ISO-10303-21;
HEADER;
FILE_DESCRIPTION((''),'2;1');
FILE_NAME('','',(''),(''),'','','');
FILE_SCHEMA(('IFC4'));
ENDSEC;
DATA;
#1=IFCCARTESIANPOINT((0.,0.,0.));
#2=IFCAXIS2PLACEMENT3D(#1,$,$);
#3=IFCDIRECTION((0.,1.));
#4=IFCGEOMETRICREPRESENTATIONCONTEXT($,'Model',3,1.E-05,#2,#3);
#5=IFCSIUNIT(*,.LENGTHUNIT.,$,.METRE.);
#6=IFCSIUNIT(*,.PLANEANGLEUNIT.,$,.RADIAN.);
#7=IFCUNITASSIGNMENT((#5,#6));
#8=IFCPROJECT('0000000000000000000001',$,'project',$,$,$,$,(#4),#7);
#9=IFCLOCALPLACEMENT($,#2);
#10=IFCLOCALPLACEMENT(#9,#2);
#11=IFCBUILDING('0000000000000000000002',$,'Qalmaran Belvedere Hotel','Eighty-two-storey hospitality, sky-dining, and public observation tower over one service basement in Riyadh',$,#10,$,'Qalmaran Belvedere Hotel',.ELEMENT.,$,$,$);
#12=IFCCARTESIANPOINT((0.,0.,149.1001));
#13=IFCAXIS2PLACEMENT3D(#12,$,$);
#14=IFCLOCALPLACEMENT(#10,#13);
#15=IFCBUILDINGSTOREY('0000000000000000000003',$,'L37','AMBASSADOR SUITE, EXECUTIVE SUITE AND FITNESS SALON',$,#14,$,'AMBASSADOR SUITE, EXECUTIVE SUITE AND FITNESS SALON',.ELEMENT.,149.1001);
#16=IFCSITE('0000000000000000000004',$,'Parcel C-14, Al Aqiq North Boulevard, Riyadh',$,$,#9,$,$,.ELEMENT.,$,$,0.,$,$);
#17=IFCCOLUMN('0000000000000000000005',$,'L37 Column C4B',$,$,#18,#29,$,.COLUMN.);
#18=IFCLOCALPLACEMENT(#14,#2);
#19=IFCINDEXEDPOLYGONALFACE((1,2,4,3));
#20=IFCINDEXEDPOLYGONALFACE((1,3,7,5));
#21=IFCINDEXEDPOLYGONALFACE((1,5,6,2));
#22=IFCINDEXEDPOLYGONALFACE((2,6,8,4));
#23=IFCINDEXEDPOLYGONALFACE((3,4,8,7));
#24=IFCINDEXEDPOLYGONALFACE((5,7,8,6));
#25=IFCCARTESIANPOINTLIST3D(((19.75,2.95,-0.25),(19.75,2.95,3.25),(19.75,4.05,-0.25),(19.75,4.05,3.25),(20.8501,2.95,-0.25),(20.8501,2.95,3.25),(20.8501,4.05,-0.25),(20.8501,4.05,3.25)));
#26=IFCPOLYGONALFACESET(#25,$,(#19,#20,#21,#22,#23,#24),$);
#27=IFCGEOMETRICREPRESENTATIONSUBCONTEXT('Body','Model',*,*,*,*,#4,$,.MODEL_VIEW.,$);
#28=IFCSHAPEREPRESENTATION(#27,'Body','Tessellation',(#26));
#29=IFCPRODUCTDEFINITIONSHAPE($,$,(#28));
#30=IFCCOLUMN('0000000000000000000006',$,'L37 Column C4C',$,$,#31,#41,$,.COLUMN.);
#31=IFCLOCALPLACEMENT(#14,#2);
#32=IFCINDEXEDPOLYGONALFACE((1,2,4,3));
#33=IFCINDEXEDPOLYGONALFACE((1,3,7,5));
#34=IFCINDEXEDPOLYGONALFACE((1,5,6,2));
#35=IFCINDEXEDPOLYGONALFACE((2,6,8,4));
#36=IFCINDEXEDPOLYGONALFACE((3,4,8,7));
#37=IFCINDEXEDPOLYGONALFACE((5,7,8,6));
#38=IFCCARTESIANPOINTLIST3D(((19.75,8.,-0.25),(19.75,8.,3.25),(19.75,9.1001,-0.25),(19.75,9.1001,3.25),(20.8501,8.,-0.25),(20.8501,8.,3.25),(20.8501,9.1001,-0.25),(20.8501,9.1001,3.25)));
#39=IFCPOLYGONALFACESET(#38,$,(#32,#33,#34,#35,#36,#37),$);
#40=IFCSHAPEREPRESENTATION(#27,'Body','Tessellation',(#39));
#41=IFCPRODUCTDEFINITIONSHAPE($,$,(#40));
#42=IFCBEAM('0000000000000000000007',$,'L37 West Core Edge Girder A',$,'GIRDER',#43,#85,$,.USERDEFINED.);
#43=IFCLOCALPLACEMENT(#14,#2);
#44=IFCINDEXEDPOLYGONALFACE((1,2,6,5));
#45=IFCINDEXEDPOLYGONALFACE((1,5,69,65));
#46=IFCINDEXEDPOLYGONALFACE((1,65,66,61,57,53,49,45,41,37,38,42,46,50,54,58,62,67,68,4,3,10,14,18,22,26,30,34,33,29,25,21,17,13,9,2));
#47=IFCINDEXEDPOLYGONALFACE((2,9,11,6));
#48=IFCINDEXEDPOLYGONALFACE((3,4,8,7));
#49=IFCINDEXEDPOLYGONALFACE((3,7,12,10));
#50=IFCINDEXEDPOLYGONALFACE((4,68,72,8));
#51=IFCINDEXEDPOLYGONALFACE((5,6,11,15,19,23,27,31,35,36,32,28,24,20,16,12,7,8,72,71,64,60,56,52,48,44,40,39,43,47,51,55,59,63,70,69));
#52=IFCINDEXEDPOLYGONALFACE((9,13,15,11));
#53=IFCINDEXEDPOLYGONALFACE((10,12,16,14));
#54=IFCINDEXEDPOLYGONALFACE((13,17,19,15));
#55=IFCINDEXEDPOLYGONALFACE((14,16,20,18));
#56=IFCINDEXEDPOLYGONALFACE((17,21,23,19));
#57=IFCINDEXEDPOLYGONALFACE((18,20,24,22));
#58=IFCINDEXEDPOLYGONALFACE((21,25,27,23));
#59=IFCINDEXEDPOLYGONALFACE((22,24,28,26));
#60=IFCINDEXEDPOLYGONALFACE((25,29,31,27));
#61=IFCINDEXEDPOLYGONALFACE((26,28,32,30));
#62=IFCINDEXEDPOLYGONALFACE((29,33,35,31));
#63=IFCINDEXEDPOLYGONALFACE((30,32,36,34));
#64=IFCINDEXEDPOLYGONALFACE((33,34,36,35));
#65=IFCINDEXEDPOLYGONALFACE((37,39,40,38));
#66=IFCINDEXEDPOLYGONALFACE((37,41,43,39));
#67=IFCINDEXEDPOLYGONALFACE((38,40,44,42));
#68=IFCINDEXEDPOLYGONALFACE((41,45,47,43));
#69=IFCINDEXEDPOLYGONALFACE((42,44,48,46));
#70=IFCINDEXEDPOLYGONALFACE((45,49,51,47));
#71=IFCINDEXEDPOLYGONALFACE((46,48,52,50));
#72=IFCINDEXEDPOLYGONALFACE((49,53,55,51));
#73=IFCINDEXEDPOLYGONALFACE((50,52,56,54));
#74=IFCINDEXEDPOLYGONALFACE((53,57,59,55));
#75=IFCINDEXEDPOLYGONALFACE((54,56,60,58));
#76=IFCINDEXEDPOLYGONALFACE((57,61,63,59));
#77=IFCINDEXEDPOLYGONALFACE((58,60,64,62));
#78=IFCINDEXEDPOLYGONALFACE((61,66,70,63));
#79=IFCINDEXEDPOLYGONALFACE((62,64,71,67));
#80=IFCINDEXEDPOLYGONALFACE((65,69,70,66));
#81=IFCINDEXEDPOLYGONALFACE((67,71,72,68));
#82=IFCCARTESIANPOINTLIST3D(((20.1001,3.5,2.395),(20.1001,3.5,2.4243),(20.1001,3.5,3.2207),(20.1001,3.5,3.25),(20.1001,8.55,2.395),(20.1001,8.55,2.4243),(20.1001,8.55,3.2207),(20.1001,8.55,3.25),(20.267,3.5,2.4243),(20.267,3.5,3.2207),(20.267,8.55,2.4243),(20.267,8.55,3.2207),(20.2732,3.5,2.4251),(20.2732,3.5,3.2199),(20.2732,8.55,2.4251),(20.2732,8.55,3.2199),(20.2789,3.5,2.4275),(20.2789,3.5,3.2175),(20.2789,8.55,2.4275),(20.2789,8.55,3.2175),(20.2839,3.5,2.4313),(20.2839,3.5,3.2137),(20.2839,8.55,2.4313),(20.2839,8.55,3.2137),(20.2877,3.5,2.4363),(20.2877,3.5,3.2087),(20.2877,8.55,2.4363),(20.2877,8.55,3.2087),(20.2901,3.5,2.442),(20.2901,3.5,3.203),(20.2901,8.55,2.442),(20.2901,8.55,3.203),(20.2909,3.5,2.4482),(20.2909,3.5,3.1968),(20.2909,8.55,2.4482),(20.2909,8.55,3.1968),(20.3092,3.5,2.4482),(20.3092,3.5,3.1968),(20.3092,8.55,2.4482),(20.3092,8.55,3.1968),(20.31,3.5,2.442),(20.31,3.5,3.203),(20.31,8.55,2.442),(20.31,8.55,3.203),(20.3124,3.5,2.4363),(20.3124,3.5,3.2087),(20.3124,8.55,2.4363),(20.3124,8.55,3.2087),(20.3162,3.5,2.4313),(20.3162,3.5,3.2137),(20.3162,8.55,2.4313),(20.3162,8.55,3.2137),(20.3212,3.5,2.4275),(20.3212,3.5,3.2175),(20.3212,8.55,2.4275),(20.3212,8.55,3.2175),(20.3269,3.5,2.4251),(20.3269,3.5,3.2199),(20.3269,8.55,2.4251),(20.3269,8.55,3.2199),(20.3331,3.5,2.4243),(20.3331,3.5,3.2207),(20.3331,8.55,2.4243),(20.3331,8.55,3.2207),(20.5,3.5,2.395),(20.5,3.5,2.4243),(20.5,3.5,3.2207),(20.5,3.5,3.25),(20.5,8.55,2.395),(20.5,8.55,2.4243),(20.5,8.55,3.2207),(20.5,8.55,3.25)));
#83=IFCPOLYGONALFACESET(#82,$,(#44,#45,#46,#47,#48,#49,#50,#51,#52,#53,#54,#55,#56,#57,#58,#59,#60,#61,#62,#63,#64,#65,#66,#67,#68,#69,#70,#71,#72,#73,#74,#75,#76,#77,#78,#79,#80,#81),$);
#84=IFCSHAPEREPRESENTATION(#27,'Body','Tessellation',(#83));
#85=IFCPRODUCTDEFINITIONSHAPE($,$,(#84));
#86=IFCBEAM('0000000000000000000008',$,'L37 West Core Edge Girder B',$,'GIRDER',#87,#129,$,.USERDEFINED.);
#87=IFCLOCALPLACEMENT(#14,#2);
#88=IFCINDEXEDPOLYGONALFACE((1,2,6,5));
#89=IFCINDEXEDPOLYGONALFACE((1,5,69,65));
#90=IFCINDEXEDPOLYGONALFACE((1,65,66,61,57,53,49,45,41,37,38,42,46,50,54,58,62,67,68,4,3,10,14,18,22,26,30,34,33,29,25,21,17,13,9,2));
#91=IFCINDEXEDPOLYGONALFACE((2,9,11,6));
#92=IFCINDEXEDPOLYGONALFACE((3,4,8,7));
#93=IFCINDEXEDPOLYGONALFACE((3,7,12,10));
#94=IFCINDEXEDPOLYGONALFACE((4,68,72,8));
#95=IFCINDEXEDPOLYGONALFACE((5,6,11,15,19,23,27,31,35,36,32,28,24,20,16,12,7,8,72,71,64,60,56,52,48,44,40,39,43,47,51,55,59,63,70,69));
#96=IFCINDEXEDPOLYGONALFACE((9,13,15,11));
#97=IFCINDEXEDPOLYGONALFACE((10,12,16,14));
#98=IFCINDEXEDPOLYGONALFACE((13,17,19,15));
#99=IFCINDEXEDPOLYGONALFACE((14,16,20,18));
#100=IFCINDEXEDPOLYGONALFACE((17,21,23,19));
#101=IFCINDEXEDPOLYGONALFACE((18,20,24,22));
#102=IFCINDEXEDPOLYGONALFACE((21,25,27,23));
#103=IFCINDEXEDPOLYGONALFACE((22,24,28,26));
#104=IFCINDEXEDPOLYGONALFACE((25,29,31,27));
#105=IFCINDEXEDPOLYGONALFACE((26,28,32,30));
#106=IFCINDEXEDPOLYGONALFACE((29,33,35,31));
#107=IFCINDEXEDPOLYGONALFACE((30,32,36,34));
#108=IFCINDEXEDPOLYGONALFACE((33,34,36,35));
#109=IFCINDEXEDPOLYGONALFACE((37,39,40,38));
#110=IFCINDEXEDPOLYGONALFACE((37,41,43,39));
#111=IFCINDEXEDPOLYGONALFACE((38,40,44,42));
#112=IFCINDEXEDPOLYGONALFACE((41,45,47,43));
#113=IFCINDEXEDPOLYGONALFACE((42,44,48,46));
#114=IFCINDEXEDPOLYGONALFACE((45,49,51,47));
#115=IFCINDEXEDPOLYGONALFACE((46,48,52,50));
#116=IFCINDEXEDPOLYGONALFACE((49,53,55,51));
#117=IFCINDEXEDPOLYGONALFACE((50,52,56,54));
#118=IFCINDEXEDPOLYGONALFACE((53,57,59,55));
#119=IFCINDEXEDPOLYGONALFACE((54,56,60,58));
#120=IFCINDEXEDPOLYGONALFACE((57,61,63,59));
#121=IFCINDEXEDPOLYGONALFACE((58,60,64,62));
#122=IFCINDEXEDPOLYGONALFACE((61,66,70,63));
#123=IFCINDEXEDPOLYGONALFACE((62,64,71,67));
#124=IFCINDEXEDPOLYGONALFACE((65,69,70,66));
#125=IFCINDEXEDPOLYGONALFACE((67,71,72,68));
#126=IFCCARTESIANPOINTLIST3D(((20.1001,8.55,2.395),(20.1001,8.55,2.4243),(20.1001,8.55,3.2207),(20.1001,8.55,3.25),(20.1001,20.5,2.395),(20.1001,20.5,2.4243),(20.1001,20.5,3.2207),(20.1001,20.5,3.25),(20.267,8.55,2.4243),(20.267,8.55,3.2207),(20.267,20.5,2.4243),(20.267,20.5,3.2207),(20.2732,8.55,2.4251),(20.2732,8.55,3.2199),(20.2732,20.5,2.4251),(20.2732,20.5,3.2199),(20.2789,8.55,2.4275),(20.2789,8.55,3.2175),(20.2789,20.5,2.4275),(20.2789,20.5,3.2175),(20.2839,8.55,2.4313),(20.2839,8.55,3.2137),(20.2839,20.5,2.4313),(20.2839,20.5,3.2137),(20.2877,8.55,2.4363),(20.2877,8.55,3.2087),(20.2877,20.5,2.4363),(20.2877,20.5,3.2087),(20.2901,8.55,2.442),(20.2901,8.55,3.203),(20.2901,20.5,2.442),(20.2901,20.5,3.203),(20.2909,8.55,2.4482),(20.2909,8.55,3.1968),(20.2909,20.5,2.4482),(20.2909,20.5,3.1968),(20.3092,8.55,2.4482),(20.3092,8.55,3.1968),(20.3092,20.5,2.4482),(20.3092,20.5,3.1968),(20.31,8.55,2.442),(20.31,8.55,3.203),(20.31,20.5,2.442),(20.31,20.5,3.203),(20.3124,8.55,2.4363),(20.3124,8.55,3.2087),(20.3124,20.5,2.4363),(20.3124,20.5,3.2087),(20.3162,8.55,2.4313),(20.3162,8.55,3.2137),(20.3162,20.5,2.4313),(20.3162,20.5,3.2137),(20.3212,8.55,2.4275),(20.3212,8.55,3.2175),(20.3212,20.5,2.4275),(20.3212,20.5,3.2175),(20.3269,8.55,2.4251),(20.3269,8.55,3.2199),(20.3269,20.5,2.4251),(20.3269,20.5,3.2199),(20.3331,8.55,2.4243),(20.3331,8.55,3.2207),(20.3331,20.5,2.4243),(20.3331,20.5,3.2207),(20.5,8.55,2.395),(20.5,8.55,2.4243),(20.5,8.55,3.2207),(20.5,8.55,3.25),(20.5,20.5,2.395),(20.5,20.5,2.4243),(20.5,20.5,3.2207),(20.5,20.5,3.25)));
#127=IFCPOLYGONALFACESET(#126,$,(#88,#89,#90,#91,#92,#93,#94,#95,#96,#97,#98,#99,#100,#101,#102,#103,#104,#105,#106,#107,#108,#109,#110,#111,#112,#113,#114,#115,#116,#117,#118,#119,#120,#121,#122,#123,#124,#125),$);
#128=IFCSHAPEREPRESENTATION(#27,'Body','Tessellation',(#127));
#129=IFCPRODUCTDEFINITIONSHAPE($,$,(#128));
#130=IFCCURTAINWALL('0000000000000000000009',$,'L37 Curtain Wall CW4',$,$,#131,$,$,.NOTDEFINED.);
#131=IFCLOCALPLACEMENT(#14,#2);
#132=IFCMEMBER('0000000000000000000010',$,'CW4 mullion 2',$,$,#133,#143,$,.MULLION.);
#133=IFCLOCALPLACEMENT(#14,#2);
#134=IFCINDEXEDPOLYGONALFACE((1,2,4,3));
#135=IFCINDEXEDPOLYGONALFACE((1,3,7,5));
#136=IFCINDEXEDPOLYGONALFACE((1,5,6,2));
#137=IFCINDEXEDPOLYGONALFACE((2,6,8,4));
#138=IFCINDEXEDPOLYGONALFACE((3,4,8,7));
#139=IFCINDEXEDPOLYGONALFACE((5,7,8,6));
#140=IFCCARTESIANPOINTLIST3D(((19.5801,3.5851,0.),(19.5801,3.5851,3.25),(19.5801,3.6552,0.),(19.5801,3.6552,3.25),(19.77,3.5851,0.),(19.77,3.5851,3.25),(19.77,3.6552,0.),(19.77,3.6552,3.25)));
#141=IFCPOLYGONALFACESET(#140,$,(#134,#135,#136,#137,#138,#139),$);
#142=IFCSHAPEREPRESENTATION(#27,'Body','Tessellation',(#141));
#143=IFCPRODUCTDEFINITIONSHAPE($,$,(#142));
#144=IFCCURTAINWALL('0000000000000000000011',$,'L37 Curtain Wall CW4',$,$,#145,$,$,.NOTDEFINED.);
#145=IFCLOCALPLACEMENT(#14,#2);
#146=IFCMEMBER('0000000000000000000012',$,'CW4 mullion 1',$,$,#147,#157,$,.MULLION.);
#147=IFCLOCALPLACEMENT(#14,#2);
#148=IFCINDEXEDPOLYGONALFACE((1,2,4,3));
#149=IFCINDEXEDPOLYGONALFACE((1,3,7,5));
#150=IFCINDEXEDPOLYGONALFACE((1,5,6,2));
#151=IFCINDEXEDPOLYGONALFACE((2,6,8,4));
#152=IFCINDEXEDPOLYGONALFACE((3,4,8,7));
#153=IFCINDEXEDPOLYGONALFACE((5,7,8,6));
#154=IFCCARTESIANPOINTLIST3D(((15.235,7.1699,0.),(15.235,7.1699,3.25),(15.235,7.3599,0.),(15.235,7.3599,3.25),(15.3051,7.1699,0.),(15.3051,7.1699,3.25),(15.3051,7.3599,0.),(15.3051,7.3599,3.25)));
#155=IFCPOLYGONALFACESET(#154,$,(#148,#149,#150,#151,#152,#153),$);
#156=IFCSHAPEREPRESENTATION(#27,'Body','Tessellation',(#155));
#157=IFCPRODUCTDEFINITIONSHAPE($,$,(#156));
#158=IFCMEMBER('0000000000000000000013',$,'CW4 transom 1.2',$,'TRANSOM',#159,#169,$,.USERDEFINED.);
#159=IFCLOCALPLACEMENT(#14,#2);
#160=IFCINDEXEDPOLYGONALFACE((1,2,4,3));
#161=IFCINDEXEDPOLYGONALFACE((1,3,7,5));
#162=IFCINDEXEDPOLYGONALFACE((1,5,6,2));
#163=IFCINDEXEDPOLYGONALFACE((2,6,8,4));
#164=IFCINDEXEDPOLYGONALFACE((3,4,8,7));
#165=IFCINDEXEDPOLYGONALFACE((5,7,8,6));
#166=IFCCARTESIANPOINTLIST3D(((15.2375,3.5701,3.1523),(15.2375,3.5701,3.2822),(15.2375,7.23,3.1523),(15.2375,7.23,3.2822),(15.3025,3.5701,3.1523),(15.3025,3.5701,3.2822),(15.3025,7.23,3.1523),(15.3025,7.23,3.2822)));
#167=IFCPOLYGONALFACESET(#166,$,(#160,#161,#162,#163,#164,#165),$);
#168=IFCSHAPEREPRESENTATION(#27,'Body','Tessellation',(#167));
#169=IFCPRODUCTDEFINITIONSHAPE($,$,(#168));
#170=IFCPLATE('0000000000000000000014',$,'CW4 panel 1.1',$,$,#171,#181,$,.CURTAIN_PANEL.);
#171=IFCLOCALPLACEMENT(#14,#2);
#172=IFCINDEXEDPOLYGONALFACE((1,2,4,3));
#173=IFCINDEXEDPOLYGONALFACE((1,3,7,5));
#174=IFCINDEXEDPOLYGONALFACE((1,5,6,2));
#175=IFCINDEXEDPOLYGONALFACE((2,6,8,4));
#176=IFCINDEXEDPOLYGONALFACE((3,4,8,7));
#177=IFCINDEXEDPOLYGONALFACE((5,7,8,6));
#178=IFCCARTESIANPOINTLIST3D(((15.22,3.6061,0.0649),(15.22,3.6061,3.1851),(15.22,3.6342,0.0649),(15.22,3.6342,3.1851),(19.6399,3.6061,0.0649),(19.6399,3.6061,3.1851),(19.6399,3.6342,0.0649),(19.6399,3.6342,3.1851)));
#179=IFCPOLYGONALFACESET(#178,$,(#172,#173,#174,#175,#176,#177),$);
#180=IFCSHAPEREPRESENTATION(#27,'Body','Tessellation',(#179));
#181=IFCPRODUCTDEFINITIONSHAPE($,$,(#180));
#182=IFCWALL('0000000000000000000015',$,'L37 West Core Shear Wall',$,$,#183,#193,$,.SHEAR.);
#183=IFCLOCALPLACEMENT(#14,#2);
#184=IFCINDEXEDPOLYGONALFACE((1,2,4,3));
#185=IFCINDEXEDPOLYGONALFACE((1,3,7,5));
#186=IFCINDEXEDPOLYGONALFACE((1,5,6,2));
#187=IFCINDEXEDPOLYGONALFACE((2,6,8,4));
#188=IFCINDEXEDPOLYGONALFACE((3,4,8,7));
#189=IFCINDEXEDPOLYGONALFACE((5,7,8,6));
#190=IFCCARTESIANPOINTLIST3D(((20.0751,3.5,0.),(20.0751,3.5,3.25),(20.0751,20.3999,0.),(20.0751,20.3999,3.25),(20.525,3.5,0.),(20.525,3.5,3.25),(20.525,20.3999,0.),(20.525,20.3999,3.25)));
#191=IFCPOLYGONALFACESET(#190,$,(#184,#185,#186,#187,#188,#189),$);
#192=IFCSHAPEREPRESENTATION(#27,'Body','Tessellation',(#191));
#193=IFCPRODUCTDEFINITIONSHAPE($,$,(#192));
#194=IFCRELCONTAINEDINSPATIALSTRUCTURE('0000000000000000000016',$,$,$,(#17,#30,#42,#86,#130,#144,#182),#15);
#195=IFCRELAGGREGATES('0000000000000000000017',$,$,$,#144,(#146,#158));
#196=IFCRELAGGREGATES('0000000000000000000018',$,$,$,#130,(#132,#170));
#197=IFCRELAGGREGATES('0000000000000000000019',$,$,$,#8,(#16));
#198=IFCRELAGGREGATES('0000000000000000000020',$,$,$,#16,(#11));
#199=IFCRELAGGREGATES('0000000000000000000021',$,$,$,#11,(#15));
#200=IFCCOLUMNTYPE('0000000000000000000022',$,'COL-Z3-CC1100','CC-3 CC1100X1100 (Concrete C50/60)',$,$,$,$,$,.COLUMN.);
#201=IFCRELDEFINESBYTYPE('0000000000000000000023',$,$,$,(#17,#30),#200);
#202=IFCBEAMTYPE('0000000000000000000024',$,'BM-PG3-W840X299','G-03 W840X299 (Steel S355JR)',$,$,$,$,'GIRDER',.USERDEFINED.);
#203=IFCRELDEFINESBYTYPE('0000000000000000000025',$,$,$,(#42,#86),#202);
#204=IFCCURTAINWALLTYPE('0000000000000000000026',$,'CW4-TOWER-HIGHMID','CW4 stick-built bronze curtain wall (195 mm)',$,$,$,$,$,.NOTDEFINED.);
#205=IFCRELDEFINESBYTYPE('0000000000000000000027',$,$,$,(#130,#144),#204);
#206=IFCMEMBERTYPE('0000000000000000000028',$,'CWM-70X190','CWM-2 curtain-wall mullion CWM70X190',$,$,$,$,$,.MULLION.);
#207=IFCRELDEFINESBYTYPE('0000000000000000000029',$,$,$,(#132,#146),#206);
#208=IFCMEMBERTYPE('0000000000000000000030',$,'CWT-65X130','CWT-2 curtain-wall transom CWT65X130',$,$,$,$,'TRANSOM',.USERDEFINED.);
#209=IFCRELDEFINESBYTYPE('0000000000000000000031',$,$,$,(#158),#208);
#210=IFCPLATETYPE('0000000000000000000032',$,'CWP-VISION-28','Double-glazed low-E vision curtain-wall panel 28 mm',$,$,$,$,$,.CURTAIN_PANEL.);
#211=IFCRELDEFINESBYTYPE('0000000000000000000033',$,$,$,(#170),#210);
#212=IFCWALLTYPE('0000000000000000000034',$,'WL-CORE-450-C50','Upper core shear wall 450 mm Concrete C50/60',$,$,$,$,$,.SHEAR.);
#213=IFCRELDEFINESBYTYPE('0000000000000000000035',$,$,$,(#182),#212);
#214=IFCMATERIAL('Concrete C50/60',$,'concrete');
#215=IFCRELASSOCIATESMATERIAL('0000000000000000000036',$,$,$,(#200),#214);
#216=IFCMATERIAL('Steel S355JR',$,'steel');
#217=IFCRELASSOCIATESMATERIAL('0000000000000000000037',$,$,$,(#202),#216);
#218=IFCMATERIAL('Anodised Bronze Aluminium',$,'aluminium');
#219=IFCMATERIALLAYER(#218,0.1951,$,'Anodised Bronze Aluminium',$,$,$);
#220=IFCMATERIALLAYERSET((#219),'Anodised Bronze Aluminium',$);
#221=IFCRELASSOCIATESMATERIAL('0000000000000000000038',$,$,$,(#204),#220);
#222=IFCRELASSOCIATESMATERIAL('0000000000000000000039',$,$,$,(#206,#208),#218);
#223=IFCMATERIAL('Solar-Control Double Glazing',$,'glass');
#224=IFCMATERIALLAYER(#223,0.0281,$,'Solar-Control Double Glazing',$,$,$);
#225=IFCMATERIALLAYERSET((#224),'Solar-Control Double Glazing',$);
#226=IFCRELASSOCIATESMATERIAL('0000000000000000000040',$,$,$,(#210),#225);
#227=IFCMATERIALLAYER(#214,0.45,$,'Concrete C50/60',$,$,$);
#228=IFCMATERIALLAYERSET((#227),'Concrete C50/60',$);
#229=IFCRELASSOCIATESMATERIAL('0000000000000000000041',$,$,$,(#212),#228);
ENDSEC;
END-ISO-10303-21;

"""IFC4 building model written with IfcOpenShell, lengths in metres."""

from ifc_helpers import new_model, si_unit, direction, frame, frame_2d, origin, origin_2d, place, context, subcontext, project, spatial, rectangle, i_section, extrude, material, layer, layer_set, material_profile, profile_set, type_object, element, aggregate, save


model = new_model("IFC4")

# Units and contexts
model_context = context("Model", 3, precision=1e-05, world=origin(), true_north=direction((0.0, 1.0)))
body_context = subcontext(model_context, "Body", "Model", "MODEL_VIEW")
ifc_project = project(units=[si_unit("LENGTHUNIT", "METRE"), si_unit("PLANEANGLEUNIT", "RADIAN")], contexts=[model_context])

# Site, building, storey
site_placement = place(None, origin())
site = spatial("IfcSite", under=ifc_project, at=site_placement, Name="Parcel C-14, Al Aqiq North Boulevard, Riyadh", CompositionType="ELEMENT", RefElevation=0.0)
building_placement = place(site_placement, origin())
building = spatial("IfcBuilding", under=site, at=building_placement, Name="Qalmaran Belvedere Hotel", Description="Eighty-two-storey hospitality, sky-dining, and public observation tower over one service basement in Riyadh", LongName="Qalmaran Belvedere Hotel", CompositionType="ELEMENT")
storey_placement = place(building_placement, frame((0.0, 0.0, 149.1001)))
storey = spatial("IfcBuildingStorey", under=building, at=storey_placement, Name="L37", Description="AMBASSADOR SUITE, EXECUTIVE SUITE AND FITNESS SALON", LongName="AMBASSADOR SUITE, EXECUTIVE SUITE AND FITNESS SALON", CompositionType="ELEMENT", Elevation=149.1001)

# Columns
ifc_material_1 = material(Name="Concrete C50/60", Category="concrete")
ifc_material_profile_1 = material_profile(ifc_material_1, rectangle(XDim=1.1001, YDim=1.1001, at=origin_2d()), Name="CC1100X1100")
ifc_profile_set_1 = profile_set([ifc_material_profile_1], Name="Concrete C50/60")
column_type = type_object("IfcColumnType", Name="COL-Z3-CC1100", Description="CC-3 CC1100X1100 (Concrete C50/60)", PredefinedType="COLUMN", material=ifc_profile_set_1)
for number, where, z_axis, x_axis, name in (
    (1, (20.3, 3.5, -0.25), (0.0, 0.0, 1.0), (1.0, 0.0, 0.0), "L37 Column C4B"),
    (2, (20.3, 8.55, -0.25), (0.0, 0.0, 1.0), (1.0, 0.0, 0.0), "L37 Column C4C"),
):
    element("IfcColumn", number, at=place(storey_placement, frame(where, z_axis=z_axis, x_axis=x_axis)), inside=storey, type_object=column_type, Name=name, PredefinedType="COLUMN", context=body_context, shape_type="SweptSolid", body=[
        extrude(rectangle(XDim=1.1001, YDim=1.1001, at=origin_2d()), origin(), (0.0, 0.0, 1.0), 3.5),
    ])

# Beams
ifc_material_2 = material(Name="Steel S355JR", Category="steel")
ifc_material_profile_2 = material_profile(ifc_material_2, i_section(OverallWidth=0.3999, OverallDepth=0.855, WebThickness=0.0183, FlangeThickness=0.0293, FilletRadius=0.0239, at=origin_2d()), Name="W840X299")
ifc_profile_set_2 = profile_set([ifc_material_profile_2], Name="Steel S355JR")
beam_type = type_object("IfcBeamType", Name="BM-PG3-W840X299", Description="G-03 W840X299 (Steel S355JR)", ElementType="GIRDER", PredefinedType="USERDEFINED", material=ifc_profile_set_2)
beam_1_placement = place(storey_placement, frame((20.3, 3.5, 2.8225), z_axis=(0.0, 1.0, 0.0), x_axis=(-1.0, 0.0, 0.0)))
element("IfcBeam", 3, at=beam_1_placement, inside=storey, type_object=beam_type, Name="L37 West Core Edge Girder A", ObjectType="GIRDER", PredefinedType="USERDEFINED", context=body_context, shape_type="SweptSolid", body=[
    extrude(i_section(OverallWidth=0.3999, OverallDepth=0.855, WebThickness=0.0183, FlangeThickness=0.0293, FilletRadius=0.0239, at=origin_2d()), origin(), (0.0, 0.0, 1.0), 5.05),
])
beam_2_placement = place(storey_placement, frame((20.3, 8.55, 2.8225), z_axis=(0.0, 1.0, 0.0), x_axis=(-1.0, 0.0, 0.0)))
element("IfcBeam", 4, at=beam_2_placement, inside=storey, type_object=beam_type, Name="L37 West Core Edge Girder B", ObjectType="GIRDER", PredefinedType="USERDEFINED", context=body_context, shape_type="SweptSolid", body=[
    extrude(i_section(OverallWidth=0.3999, OverallDepth=0.855, WebThickness=0.0183, FlangeThickness=0.0293, FilletRadius=0.0239, at=origin_2d()), origin(), (0.0, 0.0, 1.0), 11.95),
])

# Curtain wall, member
ifc_material_3 = material(Name="Anodised Bronze Aluminium", Category="aluminium")
ifc_layer_1 = layer(ifc_material_3, 0.1951, Name="Anodised Bronze Aluminium")
ifc_layer_set_1 = layer_set([ifc_layer_1], Name="Anodised Bronze Aluminium")
curtain_wall_type = type_object("IfcCurtainWallType", Name="CW4-TOWER-HIGHMID", Description="CW4 stick-built bronze curtain wall (195 mm)", PredefinedType="NOTDEFINED", material=ifc_layer_set_1)
curtain_wall_1_placement = place(storey_placement, origin())
curtain_wall_1 = element("IfcCurtainWall", 5, at=curtain_wall_1_placement, inside=storey, type_object=curtain_wall_type, Name="L37 Curtain Wall CW4", PredefinedType="NOTDEFINED")
ifc_material_profile_3 = material_profile(ifc_material_3, rectangle(XDim=0.0701, YDim=0.1899, at=origin_2d()), Name="CWM70X190")
ifc_profile_set_3 = profile_set([ifc_material_profile_3], Name="Anodised Bronze Aluminium")
member_type_1 = type_object("IfcMemberType", Name="CWM-70X190", Description="CWM-2 curtain-wall mullion CWM70X190", PredefinedType="MULLION", material=ifc_profile_set_3)
member_1_placement = place(storey_placement, frame((19.675, 3.6201, 0.0), z_axis=(0.0, 0.0, 1.0), x_axis=(0.0, 1.0, 0.0)))
member_1 = element("IfcMember", 6, at=member_1_placement, type_object=member_type_1, Name="CW4 mullion 2", PredefinedType="MULLION", context=body_context, shape_type="SweptSolid", body=[
    extrude(rectangle(XDim=0.0701, YDim=0.1899, at=origin_2d()), origin(), (0.0, 0.0, 1.0), 3.25),
])

# Curtain wall, members
curtain_wall_2_placement = place(storey_placement, origin())
curtain_wall_2 = element("IfcCurtainWall", 7, at=curtain_wall_2_placement, inside=storey, type_object=curtain_wall_type, Name="L37 Curtain Wall CW4", PredefinedType="NOTDEFINED")
member_2_placement = place(storey_placement, frame((15.27, 7.2649, 0.0), z_axis=(0.0, 0.0, 1.0), x_axis=(1.0, 0.0, 0.0)))
member_2 = element("IfcMember", 8, at=member_2_placement, type_object=member_type_1, Name="CW4 mullion 1", PredefinedType="MULLION", context=body_context, shape_type="SweptSolid", body=[
    extrude(rectangle(XDim=0.0701, YDim=0.1899, at=origin_2d()), origin(), (0.0, 0.0, 1.0), 3.25),
])
ifc_material_profile_4 = material_profile(ifc_material_3, rectangle(XDim=0.0649, YDim=0.1299, at=origin_2d()), Name="CWT65X130")
ifc_profile_set_4 = profile_set([ifc_material_profile_4], Name="Anodised Bronze Aluminium")
member_type_2 = type_object("IfcMemberType", Name="CWT-65X130", Description="CWT-2 curtain-wall transom CWT65X130", ElementType="TRANSOM", PredefinedType="USERDEFINED", material=ifc_profile_set_4)
member_3_placement = place(storey_placement, frame((15.27, 7.23, 3.2173), z_axis=(0.0, -1.0, 0.0), x_axis=(1.0, 0.0, 0.0)))
member_3 = element("IfcMember", 9, at=member_3_placement, type_object=member_type_2, Name="CW4 transom 1.2", ObjectType="TRANSOM", PredefinedType="USERDEFINED", context=body_context, shape_type="SweptSolid", body=[
    extrude(rectangle(XDim=0.0649, YDim=0.1299, at=origin_2d()), origin(), (0.0, 0.0, 1.0), 3.6599),
])
aggregate(curtain_wall_2, [member_2, member_3])

# Plate
ifc_material_4 = material(Name="Solar-Control Double Glazing", Category="glass")
ifc_layer_2 = layer(ifc_material_4, 0.0281, Name="Solar-Control Double Glazing")
ifc_layer_set_2 = layer_set([ifc_layer_2], Name="Solar-Control Double Glazing")
plate_type = type_object("IfcPlateType", Name="CWP-VISION-28", Description="Double-glazed low-E vision curtain-wall panel 28 mm", PredefinedType="CURTAIN_PANEL", material=ifc_layer_set_2)
plate_placement = place(storey_placement, frame((17.4299, 3.6201, 0.0649), z_axis=(0.0, 0.0, 1.0), x_axis=(1.0, 0.0, 0.0)))
plate = element("IfcPlate", 10, at=plate_placement, type_object=plate_type, Name="CW4 panel 1.1", PredefinedType="CURTAIN_PANEL", context=body_context, shape_type="SweptSolid", body=[
    extrude(rectangle(XDim=4.4199, YDim=0.0281, at=origin_2d()), origin(), (0.0, 0.0, 1.0), 3.1201),
])
aggregate(curtain_wall_1, [member_1, plate])

# Wall
ifc_layer_3 = layer(ifc_material_1, 0.45, Name="Concrete C50/60")
ifc_layer_set_3 = layer_set([ifc_layer_3], Name="Concrete C50/60")
wall_type_1 = type_object("IfcWallType", Name="WL-CORE-450-C50", Description="Upper core shear wall 450 mm Concrete C50/60", PredefinedType="SHEAR", material=ifc_layer_set_3)
wall_1_placement = place(storey_placement, frame((20.3, 3.5, 0.0), z_axis=(0.0, 0.0, 1.0), x_axis=(0.0, 1.0, 0.0)))
element("IfcWall", 11, at=wall_1_placement, inside=storey, type_object=wall_type_1, Name="L37 West Core Shear Wall", PredefinedType="SHEAR", context=body_context, shape_type="SweptSolid", body=[
    extrude(rectangle(XDim=16.8999, YDim=0.45, at=frame_2d((8.45, 0.0))), origin(), (0.0, 0.0, 1.0), 3.25),
])

save(model, "model.ifc")
